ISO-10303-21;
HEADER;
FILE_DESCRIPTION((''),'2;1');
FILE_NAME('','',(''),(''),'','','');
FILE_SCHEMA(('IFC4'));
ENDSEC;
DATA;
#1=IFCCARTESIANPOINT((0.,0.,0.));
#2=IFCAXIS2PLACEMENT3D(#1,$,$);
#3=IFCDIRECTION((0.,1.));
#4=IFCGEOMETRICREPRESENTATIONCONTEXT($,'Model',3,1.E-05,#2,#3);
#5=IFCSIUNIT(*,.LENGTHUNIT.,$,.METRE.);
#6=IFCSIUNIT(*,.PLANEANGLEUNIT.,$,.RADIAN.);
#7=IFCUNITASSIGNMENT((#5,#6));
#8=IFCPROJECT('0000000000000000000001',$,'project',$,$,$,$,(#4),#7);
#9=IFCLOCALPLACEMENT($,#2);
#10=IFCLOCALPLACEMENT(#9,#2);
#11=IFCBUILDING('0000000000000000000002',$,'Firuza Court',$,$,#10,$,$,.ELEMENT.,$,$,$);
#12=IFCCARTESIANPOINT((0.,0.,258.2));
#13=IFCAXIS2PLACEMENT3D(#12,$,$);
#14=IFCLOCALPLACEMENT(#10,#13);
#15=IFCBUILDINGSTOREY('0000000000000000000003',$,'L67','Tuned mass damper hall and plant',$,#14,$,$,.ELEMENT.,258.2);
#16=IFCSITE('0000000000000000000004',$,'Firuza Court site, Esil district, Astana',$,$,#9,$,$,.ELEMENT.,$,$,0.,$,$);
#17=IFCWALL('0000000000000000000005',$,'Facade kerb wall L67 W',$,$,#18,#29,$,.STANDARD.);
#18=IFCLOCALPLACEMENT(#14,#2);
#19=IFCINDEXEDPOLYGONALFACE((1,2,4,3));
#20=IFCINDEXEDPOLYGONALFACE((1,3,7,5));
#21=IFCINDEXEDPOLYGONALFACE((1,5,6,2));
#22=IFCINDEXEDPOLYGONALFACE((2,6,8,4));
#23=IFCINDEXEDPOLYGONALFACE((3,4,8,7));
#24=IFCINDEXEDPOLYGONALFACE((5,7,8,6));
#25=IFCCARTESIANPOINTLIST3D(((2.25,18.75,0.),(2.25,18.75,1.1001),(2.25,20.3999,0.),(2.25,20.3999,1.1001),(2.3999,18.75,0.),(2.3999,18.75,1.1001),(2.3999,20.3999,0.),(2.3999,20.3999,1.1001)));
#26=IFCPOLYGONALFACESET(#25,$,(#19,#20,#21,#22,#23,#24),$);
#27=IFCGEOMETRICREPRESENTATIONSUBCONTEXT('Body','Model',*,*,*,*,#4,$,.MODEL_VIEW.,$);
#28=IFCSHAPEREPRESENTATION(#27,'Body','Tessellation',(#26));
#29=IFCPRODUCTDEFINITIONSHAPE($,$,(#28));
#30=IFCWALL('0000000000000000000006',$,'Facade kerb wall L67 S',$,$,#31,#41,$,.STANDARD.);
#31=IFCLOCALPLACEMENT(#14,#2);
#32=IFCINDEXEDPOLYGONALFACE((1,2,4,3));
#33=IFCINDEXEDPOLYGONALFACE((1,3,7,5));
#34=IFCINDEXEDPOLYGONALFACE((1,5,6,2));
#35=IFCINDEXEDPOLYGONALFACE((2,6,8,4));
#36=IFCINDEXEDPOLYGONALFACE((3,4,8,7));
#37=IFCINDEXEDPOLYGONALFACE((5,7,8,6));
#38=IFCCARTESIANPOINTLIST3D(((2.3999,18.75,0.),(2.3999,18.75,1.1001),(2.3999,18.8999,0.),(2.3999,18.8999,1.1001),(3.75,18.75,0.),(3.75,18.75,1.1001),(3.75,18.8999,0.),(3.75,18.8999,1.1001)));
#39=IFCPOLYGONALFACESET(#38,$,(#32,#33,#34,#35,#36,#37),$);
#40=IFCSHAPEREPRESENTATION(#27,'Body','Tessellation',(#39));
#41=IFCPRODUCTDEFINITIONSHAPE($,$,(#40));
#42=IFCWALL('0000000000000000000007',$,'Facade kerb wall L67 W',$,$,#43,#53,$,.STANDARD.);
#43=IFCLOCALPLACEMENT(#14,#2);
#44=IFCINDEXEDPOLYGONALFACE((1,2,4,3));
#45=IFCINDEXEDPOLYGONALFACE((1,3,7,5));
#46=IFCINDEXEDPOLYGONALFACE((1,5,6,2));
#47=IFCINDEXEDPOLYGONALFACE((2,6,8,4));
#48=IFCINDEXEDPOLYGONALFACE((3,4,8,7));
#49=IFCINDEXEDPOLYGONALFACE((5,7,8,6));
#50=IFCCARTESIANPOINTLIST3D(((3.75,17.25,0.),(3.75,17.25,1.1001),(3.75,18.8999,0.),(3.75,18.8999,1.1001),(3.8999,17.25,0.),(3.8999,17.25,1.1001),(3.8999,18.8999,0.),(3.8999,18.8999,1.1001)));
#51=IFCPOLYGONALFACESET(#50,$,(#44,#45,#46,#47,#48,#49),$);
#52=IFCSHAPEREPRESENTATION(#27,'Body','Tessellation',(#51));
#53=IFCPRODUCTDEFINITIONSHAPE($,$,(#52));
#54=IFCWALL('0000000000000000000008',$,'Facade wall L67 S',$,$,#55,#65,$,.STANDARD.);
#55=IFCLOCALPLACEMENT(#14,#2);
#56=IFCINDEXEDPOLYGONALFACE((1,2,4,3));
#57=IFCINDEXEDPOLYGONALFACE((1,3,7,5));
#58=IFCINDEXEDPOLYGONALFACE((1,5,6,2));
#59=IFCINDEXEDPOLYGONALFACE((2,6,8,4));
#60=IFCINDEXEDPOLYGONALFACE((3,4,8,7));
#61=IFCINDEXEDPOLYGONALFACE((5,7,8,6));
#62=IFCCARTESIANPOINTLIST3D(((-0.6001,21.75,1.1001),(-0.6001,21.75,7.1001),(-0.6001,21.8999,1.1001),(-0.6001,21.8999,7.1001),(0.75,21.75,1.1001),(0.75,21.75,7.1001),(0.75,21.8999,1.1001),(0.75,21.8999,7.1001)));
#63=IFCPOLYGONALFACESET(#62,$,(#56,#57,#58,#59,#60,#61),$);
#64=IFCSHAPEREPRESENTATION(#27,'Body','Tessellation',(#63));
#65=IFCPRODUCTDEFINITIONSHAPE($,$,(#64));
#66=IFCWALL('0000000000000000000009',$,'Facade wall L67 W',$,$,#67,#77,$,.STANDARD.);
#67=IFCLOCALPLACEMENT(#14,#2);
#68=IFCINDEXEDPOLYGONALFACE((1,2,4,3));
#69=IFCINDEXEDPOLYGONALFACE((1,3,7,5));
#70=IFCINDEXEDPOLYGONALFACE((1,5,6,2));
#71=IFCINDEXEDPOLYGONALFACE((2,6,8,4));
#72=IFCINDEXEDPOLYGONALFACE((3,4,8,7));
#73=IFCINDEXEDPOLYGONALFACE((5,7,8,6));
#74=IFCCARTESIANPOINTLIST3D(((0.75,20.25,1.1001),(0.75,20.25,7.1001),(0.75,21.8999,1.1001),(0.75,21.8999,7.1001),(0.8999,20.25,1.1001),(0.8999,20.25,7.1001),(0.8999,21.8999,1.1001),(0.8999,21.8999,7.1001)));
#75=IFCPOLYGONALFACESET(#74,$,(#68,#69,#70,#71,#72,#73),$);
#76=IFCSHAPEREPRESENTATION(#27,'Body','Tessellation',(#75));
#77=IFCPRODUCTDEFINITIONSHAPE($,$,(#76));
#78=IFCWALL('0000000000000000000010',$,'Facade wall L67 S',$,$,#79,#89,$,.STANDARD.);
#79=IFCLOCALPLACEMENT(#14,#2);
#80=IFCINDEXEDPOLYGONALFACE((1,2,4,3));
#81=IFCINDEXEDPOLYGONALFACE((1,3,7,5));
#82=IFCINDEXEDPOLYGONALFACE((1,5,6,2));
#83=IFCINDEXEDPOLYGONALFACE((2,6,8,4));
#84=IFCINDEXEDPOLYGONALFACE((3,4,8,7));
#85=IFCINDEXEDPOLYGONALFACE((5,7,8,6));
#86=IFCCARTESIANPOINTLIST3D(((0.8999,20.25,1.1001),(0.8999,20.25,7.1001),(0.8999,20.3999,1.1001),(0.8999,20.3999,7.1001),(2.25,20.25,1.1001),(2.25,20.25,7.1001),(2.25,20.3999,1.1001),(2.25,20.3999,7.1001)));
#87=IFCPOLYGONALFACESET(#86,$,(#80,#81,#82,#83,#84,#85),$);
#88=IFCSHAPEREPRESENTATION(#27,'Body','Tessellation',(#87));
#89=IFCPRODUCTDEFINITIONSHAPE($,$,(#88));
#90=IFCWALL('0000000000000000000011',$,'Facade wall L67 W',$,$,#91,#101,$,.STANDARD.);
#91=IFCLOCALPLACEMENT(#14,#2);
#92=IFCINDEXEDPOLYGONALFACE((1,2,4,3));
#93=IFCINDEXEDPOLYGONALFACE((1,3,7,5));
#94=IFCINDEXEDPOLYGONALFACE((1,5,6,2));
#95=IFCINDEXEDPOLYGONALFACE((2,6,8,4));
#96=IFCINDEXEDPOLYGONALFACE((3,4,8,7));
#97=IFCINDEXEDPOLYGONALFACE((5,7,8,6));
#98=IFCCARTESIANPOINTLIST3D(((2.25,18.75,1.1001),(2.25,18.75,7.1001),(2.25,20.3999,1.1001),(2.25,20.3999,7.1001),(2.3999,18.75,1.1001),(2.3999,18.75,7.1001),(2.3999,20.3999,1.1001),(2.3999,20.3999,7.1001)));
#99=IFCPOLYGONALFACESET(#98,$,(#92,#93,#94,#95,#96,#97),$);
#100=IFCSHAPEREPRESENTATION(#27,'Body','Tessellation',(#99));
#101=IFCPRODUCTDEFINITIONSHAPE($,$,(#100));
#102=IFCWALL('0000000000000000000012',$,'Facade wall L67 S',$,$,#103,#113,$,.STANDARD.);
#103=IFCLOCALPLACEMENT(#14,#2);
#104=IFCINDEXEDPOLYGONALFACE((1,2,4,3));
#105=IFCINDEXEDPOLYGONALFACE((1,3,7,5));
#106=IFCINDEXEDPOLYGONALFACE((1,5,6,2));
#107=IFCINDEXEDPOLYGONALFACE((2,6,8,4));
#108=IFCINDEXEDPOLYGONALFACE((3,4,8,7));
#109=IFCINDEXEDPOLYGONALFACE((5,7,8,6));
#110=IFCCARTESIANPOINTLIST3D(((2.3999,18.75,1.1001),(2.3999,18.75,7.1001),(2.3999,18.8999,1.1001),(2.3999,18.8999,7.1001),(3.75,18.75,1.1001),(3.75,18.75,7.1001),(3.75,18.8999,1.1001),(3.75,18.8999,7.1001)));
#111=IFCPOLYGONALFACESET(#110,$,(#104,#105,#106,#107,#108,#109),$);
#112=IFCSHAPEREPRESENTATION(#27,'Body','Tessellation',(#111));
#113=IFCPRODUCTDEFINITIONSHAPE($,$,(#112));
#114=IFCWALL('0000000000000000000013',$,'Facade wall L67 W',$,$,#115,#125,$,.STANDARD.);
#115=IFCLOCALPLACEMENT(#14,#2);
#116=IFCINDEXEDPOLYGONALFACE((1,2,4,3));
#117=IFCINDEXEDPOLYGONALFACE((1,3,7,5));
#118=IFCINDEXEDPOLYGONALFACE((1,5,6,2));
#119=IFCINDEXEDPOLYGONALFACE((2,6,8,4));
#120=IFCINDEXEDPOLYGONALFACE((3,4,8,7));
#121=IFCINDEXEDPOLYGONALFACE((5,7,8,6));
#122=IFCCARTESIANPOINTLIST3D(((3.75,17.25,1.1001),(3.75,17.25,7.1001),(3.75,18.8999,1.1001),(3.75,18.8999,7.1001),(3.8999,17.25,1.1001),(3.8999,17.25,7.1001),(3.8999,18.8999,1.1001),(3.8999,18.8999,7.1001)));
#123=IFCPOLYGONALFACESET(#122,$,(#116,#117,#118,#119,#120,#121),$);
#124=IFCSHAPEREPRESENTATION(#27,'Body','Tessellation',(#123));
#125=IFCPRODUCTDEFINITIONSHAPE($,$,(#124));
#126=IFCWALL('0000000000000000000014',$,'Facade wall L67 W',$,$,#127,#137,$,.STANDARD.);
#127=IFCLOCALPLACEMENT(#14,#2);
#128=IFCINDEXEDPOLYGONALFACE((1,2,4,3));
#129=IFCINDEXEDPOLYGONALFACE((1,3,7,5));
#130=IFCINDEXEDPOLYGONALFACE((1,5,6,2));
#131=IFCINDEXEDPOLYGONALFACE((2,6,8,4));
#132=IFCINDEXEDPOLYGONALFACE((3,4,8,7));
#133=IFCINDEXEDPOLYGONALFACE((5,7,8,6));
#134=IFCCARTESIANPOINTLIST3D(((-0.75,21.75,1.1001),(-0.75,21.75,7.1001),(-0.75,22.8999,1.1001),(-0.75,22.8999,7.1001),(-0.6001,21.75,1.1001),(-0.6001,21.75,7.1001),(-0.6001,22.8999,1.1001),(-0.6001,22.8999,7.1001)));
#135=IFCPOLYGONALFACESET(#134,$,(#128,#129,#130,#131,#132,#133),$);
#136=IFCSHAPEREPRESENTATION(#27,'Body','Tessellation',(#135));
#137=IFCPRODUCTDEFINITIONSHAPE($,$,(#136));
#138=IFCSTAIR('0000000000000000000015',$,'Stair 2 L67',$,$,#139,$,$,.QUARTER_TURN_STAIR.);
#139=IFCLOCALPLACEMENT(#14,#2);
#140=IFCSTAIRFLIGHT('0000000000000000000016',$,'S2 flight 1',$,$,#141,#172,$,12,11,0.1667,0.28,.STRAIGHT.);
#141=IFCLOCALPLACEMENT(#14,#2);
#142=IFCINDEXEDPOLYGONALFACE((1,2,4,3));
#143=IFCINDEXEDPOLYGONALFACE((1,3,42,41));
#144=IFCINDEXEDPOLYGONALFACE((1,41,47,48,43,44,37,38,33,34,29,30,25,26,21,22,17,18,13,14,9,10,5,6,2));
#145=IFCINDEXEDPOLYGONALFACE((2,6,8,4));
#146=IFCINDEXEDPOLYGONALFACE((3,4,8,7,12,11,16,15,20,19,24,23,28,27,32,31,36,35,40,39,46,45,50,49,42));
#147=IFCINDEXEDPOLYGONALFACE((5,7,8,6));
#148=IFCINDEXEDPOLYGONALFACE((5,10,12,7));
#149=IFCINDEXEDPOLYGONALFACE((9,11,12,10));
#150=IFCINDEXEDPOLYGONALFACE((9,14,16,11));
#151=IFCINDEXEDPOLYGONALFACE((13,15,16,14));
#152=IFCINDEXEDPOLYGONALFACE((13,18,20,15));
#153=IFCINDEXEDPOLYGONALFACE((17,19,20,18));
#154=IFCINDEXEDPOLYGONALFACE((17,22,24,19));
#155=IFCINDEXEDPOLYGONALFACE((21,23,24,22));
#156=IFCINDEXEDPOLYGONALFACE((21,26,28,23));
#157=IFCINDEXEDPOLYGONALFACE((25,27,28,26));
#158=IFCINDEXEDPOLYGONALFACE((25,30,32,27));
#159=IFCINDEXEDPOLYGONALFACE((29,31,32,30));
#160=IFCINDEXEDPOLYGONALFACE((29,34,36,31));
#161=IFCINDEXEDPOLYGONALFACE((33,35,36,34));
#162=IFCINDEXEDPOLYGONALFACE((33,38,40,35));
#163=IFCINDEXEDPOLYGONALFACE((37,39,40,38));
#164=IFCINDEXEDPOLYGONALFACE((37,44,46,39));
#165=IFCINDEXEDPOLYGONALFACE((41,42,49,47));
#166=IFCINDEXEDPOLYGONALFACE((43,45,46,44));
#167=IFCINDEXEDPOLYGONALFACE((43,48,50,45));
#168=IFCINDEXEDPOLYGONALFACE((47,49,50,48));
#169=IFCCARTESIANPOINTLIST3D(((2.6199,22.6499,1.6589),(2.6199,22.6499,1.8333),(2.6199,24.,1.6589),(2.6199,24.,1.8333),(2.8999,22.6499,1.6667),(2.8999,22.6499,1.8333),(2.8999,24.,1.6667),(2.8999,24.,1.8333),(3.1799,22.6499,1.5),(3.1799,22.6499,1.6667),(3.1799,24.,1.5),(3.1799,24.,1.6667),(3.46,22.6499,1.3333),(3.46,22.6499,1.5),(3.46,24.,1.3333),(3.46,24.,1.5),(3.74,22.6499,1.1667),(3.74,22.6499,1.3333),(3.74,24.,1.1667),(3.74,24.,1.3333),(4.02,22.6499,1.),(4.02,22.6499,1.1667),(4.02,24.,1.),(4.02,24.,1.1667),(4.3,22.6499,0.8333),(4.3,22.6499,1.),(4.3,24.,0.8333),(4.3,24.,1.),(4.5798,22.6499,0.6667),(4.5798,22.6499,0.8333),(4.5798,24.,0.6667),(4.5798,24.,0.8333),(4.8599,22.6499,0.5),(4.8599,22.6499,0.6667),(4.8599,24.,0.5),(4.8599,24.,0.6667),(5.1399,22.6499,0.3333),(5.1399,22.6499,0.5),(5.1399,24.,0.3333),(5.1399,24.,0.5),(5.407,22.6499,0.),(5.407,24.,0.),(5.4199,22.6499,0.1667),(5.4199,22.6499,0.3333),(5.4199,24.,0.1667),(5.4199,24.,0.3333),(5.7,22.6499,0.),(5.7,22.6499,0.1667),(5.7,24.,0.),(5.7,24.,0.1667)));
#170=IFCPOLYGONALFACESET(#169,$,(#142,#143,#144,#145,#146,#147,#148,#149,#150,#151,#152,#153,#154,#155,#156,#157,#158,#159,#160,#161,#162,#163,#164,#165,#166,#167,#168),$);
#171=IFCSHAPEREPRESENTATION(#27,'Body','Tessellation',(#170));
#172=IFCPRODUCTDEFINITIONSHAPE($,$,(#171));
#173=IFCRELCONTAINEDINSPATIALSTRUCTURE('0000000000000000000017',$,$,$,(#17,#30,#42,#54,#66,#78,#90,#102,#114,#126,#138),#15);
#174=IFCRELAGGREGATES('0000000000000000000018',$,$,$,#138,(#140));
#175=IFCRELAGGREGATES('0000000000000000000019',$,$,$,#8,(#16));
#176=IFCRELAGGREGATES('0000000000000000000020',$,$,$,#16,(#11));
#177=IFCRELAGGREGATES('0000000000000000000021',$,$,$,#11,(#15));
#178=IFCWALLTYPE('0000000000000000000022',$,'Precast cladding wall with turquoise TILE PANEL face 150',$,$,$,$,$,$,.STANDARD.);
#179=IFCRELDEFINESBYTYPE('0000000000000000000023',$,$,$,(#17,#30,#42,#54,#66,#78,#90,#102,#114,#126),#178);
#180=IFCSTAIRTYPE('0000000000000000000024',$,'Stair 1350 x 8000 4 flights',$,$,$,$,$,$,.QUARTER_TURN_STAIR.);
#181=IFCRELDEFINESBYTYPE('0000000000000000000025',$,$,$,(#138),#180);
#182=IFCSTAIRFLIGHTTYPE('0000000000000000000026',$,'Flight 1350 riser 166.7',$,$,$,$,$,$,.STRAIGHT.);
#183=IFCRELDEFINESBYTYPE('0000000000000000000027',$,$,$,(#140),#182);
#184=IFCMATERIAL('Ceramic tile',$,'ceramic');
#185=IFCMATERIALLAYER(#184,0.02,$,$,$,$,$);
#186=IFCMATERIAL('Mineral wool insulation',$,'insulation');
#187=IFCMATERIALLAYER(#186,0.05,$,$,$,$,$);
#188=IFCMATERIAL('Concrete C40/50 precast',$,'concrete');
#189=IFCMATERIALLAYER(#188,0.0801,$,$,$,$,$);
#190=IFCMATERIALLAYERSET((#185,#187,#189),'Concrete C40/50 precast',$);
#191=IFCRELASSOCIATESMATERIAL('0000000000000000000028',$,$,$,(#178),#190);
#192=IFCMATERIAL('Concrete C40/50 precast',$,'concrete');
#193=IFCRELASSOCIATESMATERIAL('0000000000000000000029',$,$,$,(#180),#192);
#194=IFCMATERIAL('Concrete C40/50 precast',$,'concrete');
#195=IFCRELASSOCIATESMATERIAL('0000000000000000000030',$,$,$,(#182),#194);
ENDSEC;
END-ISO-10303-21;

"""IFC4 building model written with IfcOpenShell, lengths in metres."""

from ifc_helpers import new_model, si_unit, direction, frame, frame_2d, origin, place, context, subcontext, project, spatial, polyline, rectangle, outline, extrude, material, layer, layer_set, type_object, element, aggregate, save


model = new_model("IFC4")

# Units and contexts
model_context = context("Model", 3, precision=1e-05, world=origin(), true_north=direction((0.0, 1.0)))
body_context = subcontext(model_context, "Body", "Model", "MODEL_VIEW")
ifc_project = project(units=[si_unit("LENGTHUNIT", "METRE"), si_unit("PLANEANGLEUNIT", "RADIAN")], contexts=[model_context])

# Site, building, storey
site_placement = place(None, origin())
site = spatial("IfcSite", under=ifc_project, at=site_placement, Name="Firuza Court site, Esil district, Astana", CompositionType="ELEMENT", RefElevation=0.0)
building_placement = place(site_placement, origin())
building = spatial("IfcBuilding", under=site, at=building_placement, Name="Firuza Court", CompositionType="ELEMENT")
storey_placement = place(building_placement, frame((0.0, 0.0, 258.2)))
storey = spatial("IfcBuildingStorey", under=building, at=storey_placement, Name="L67", Description="Tuned mass damper hall and plant", CompositionType="ELEMENT", Elevation=258.2)

# Walls
ifc_material_1 = material(Name="Ceramic tile", Category="ceramic")
ifc_layer_1 = layer(ifc_material_1, 0.02)
ifc_material_2 = material(Name="Mineral wool insulation", Category="insulation")
ifc_layer_2 = layer(ifc_material_2, 0.05)
ifc_material_3 = material(Name="Concrete C40/50 precast", Category="concrete")
ifc_layer_3 = layer(ifc_material_3, 0.0801)
ifc_layer_set_1 = layer_set([ifc_layer_1, ifc_layer_2, ifc_layer_3], Name="Concrete C40/50 precast")
wall_type_1 = type_object("IfcWallType", Name="Precast cladding wall with turquoise TILE PANEL face 150", PredefinedType="STANDARD", material=ifc_layer_set_1)
wall_1_placement = place(storey_placement, frame((2.325, 20.3999, 0.0), z_axis=(0.0, 0.0, 1.0), x_axis=(0.0, -1.0, 0.0)))
element("IfcWall", 1, at=wall_1_placement, inside=storey, type_object=wall_type_1, Name="Facade kerb wall L67 W", PredefinedType="STANDARD", context=body_context, shape_type="SweptSolid", body=[
    extrude(rectangle(XDim=1.6499, YDim=0.1499, at=frame_2d((0.825, 0.0))), origin(), (0.0, 0.0, 1.0), 1.1001),
])
wall_2_placement = place(storey_placement, frame((2.3999, 18.825, 0.0), z_axis=(0.0, 0.0, 1.0), x_axis=(1.0, 0.0, 0.0)))
element("IfcWall", 2, at=wall_2_placement, inside=storey, type_object=wall_type_1, Name="Facade kerb wall L67 S", PredefinedType="STANDARD", context=body_context, shape_type="SweptSolid", body=[
    extrude(rectangle(XDim=1.3501, YDim=0.1499, at=frame_2d((0.675, 0.0))), origin(), (0.0, 0.0, 1.0), 1.1001),
])
wall_3_placement = place(storey_placement, frame((3.825, 18.8999, 0.0), z_axis=(0.0, 0.0, 1.0), x_axis=(0.0, -1.0, 0.0)))
element("IfcWall", 3, at=wall_3_placement, inside=storey, type_object=wall_type_1, Name="Facade kerb wall L67 W", PredefinedType="STANDARD", context=body_context, shape_type="SweptSolid", body=[
    extrude(rectangle(XDim=1.6499, YDim=0.1499, at=frame_2d((0.825, 0.0))), origin(), (0.0, 0.0, 1.0), 1.1001),
])
wall_4_placement = place(storey_placement, frame((-0.6001, 21.825, 1.1001), z_axis=(0.0, 0.0, 1.0), x_axis=(1.0, 0.0, 0.0)))
element("IfcWall", 4, at=wall_4_placement, inside=storey, type_object=wall_type_1, Name="Facade wall L67 S", PredefinedType="STANDARD", context=body_context, shape_type="SweptSolid", body=[
    extrude(rectangle(XDim=1.3501, YDim=0.1499, at=frame_2d((0.675, 0.0))), origin(), (0.0, 0.0, 1.0), 6.0),
])
wall_5_placement = place(storey_placement, frame((0.825, 21.8999, 1.1001), z_axis=(0.0, 0.0, 1.0), x_axis=(0.0, -1.0, 0.0)))
element("IfcWall", 5, at=wall_5_placement, inside=storey, type_object=wall_type_1, Name="Facade wall L67 W", PredefinedType="STANDARD", context=body_context, shape_type="SweptSolid", body=[
    extrude(rectangle(XDim=1.6499, YDim=0.1499, at=frame_2d((0.825, 0.0))), origin(), (0.0, 0.0, 1.0), 6.0),
])
wall_6_placement = place(storey_placement, frame((0.8999, 20.325, 1.1001), z_axis=(0.0, 0.0, 1.0), x_axis=(1.0, 0.0, 0.0)))
element("IfcWall", 6, at=wall_6_placement, inside=storey, type_object=wall_type_1, Name="Facade wall L67 S", PredefinedType="STANDARD", context=body_context, shape_type="SweptSolid", body=[
    extrude(rectangle(XDim=1.3501, YDim=0.1499, at=frame_2d((0.675, 0.0))), origin(), (0.0, 0.0, 1.0), 6.0),
])
wall_7_placement = place(storey_placement, frame((2.325, 20.3999, 1.1001), z_axis=(0.0, 0.0, 1.0), x_axis=(0.0, -1.0, 0.0)))
element("IfcWall", 7, at=wall_7_placement, inside=storey, type_object=wall_type_1, Name="Facade wall L67 W", PredefinedType="STANDARD", context=body_context, shape_type="SweptSolid", body=[
    extrude(rectangle(XDim=1.6499, YDim=0.1499, at=frame_2d((0.825, 0.0))), origin(), (0.0, 0.0, 1.0), 6.0),
])
wall_8_placement = place(storey_placement, frame((2.3999, 18.825, 1.1001), z_axis=(0.0, 0.0, 1.0), x_axis=(1.0, 0.0, 0.0)))
element("IfcWall", 8, at=wall_8_placement, inside=storey, type_object=wall_type_1, Name="Facade wall L67 S", PredefinedType="STANDARD", context=body_context, shape_type="SweptSolid", body=[
    extrude(rectangle(XDim=1.3501, YDim=0.1499, at=frame_2d((0.675, 0.0))), origin(), (0.0, 0.0, 1.0), 6.0),
])
wall_9_placement = place(storey_placement, frame((3.825, 18.8999, 1.1001), z_axis=(0.0, 0.0, 1.0), x_axis=(0.0, -1.0, 0.0)))
element("IfcWall", 9, at=wall_9_placement, inside=storey, type_object=wall_type_1, Name="Facade wall L67 W", PredefinedType="STANDARD", context=body_context, shape_type="SweptSolid", body=[
    extrude(rectangle(XDim=1.6499, YDim=0.1499, at=frame_2d((0.825, 0.0))), origin(), (0.0, 0.0, 1.0), 6.0),
])
wall_10_placement = place(storey_placement, frame((-0.675, 22.8999, 1.1001), z_axis=(0.0, 0.0, 1.0), x_axis=(0.0, -1.0, 0.0)))
element("IfcWall", 10, at=wall_10_placement, inside=storey, type_object=wall_type_1, Name="Facade wall L67 W", PredefinedType="STANDARD", context=body_context, shape_type="SweptSolid", body=[
    extrude(rectangle(XDim=1.1499, YDim=0.1499, at=frame_2d((0.575, 0.0))), origin(), (0.0, 0.0, 1.0), 6.0),
])

# Stair, stair flight
ifc_material_4 = material(Name="Concrete C40/50 precast", Category="concrete")
stair_type = type_object("IfcStairType", Name="Stair 1350 x 8000 4 flights", PredefinedType="QUARTER_TURN_STAIR", material=ifc_material_4)
stair_placement = place(storey_placement, origin())
stair = element("IfcStair", 11, at=stair_placement, inside=storey, type_object=stair_type, Name="Stair 2 L67", PredefinedType="QUARTER_TURN_STAIR")
ifc_material_5 = material(Name="Concrete C40/50 precast", Category="concrete")
stair_flight_type = type_object("IfcStairFlightType", Name="Flight 1350 riser 166.7", PredefinedType="STRAIGHT", material=ifc_material_5)
stair_flight_placement = place(storey_placement, frame((5.7, 23.325, 0.0), z_axis=(0.0, 0.0, 1.0), x_axis=(-1.0, 0.0, 0.0)))
stair_flight = element("IfcStairFlight", 12, at=stair_flight_placement, type_object=stair_flight_type, Name="S2 flight 1", NumberOfRisers=12, NumberOfTreads=11, PredefinedType="STRAIGHT", RiserHeight=0.1667, TreadLength=0.28, context=body_context, shape_type="SweptSolid", body=[
    extrude(outline(polyline([(0.0, 0.0), (0.0, 0.1667), (0.28, 0.1667), (0.28, 0.3333), (0.5601, 0.3333), (0.5601, 0.5), (0.8401, 0.5), (0.8401, 0.6667), (1.1201, 0.6667), (1.1201, 0.8333), (1.3999, 0.8333), (1.3999, 1.0), (1.6799, 1.0), (1.6799, 1.1667), (1.96, 1.1667), (1.96, 1.3333), (2.24, 1.3333), (2.24, 1.5), (2.52, 1.5), (2.52, 1.6667), (2.8, 1.6667), (2.8, 1.8333), (3.0801, 1.8333), (3.0801, 2.0), (3.0801, 1.6589), (0.293, 0.0), (0.0, 0.0)])), frame((0.0, 0.675, 0.0), z_axis=(0.0, -1.0, 0.0), x_axis=(1.0, 0.0, 0.0)), (0.0, 0.0, 1.0), 1.3501),
])
aggregate(stair, [stair_flight])

save(model, "model.ifc")
